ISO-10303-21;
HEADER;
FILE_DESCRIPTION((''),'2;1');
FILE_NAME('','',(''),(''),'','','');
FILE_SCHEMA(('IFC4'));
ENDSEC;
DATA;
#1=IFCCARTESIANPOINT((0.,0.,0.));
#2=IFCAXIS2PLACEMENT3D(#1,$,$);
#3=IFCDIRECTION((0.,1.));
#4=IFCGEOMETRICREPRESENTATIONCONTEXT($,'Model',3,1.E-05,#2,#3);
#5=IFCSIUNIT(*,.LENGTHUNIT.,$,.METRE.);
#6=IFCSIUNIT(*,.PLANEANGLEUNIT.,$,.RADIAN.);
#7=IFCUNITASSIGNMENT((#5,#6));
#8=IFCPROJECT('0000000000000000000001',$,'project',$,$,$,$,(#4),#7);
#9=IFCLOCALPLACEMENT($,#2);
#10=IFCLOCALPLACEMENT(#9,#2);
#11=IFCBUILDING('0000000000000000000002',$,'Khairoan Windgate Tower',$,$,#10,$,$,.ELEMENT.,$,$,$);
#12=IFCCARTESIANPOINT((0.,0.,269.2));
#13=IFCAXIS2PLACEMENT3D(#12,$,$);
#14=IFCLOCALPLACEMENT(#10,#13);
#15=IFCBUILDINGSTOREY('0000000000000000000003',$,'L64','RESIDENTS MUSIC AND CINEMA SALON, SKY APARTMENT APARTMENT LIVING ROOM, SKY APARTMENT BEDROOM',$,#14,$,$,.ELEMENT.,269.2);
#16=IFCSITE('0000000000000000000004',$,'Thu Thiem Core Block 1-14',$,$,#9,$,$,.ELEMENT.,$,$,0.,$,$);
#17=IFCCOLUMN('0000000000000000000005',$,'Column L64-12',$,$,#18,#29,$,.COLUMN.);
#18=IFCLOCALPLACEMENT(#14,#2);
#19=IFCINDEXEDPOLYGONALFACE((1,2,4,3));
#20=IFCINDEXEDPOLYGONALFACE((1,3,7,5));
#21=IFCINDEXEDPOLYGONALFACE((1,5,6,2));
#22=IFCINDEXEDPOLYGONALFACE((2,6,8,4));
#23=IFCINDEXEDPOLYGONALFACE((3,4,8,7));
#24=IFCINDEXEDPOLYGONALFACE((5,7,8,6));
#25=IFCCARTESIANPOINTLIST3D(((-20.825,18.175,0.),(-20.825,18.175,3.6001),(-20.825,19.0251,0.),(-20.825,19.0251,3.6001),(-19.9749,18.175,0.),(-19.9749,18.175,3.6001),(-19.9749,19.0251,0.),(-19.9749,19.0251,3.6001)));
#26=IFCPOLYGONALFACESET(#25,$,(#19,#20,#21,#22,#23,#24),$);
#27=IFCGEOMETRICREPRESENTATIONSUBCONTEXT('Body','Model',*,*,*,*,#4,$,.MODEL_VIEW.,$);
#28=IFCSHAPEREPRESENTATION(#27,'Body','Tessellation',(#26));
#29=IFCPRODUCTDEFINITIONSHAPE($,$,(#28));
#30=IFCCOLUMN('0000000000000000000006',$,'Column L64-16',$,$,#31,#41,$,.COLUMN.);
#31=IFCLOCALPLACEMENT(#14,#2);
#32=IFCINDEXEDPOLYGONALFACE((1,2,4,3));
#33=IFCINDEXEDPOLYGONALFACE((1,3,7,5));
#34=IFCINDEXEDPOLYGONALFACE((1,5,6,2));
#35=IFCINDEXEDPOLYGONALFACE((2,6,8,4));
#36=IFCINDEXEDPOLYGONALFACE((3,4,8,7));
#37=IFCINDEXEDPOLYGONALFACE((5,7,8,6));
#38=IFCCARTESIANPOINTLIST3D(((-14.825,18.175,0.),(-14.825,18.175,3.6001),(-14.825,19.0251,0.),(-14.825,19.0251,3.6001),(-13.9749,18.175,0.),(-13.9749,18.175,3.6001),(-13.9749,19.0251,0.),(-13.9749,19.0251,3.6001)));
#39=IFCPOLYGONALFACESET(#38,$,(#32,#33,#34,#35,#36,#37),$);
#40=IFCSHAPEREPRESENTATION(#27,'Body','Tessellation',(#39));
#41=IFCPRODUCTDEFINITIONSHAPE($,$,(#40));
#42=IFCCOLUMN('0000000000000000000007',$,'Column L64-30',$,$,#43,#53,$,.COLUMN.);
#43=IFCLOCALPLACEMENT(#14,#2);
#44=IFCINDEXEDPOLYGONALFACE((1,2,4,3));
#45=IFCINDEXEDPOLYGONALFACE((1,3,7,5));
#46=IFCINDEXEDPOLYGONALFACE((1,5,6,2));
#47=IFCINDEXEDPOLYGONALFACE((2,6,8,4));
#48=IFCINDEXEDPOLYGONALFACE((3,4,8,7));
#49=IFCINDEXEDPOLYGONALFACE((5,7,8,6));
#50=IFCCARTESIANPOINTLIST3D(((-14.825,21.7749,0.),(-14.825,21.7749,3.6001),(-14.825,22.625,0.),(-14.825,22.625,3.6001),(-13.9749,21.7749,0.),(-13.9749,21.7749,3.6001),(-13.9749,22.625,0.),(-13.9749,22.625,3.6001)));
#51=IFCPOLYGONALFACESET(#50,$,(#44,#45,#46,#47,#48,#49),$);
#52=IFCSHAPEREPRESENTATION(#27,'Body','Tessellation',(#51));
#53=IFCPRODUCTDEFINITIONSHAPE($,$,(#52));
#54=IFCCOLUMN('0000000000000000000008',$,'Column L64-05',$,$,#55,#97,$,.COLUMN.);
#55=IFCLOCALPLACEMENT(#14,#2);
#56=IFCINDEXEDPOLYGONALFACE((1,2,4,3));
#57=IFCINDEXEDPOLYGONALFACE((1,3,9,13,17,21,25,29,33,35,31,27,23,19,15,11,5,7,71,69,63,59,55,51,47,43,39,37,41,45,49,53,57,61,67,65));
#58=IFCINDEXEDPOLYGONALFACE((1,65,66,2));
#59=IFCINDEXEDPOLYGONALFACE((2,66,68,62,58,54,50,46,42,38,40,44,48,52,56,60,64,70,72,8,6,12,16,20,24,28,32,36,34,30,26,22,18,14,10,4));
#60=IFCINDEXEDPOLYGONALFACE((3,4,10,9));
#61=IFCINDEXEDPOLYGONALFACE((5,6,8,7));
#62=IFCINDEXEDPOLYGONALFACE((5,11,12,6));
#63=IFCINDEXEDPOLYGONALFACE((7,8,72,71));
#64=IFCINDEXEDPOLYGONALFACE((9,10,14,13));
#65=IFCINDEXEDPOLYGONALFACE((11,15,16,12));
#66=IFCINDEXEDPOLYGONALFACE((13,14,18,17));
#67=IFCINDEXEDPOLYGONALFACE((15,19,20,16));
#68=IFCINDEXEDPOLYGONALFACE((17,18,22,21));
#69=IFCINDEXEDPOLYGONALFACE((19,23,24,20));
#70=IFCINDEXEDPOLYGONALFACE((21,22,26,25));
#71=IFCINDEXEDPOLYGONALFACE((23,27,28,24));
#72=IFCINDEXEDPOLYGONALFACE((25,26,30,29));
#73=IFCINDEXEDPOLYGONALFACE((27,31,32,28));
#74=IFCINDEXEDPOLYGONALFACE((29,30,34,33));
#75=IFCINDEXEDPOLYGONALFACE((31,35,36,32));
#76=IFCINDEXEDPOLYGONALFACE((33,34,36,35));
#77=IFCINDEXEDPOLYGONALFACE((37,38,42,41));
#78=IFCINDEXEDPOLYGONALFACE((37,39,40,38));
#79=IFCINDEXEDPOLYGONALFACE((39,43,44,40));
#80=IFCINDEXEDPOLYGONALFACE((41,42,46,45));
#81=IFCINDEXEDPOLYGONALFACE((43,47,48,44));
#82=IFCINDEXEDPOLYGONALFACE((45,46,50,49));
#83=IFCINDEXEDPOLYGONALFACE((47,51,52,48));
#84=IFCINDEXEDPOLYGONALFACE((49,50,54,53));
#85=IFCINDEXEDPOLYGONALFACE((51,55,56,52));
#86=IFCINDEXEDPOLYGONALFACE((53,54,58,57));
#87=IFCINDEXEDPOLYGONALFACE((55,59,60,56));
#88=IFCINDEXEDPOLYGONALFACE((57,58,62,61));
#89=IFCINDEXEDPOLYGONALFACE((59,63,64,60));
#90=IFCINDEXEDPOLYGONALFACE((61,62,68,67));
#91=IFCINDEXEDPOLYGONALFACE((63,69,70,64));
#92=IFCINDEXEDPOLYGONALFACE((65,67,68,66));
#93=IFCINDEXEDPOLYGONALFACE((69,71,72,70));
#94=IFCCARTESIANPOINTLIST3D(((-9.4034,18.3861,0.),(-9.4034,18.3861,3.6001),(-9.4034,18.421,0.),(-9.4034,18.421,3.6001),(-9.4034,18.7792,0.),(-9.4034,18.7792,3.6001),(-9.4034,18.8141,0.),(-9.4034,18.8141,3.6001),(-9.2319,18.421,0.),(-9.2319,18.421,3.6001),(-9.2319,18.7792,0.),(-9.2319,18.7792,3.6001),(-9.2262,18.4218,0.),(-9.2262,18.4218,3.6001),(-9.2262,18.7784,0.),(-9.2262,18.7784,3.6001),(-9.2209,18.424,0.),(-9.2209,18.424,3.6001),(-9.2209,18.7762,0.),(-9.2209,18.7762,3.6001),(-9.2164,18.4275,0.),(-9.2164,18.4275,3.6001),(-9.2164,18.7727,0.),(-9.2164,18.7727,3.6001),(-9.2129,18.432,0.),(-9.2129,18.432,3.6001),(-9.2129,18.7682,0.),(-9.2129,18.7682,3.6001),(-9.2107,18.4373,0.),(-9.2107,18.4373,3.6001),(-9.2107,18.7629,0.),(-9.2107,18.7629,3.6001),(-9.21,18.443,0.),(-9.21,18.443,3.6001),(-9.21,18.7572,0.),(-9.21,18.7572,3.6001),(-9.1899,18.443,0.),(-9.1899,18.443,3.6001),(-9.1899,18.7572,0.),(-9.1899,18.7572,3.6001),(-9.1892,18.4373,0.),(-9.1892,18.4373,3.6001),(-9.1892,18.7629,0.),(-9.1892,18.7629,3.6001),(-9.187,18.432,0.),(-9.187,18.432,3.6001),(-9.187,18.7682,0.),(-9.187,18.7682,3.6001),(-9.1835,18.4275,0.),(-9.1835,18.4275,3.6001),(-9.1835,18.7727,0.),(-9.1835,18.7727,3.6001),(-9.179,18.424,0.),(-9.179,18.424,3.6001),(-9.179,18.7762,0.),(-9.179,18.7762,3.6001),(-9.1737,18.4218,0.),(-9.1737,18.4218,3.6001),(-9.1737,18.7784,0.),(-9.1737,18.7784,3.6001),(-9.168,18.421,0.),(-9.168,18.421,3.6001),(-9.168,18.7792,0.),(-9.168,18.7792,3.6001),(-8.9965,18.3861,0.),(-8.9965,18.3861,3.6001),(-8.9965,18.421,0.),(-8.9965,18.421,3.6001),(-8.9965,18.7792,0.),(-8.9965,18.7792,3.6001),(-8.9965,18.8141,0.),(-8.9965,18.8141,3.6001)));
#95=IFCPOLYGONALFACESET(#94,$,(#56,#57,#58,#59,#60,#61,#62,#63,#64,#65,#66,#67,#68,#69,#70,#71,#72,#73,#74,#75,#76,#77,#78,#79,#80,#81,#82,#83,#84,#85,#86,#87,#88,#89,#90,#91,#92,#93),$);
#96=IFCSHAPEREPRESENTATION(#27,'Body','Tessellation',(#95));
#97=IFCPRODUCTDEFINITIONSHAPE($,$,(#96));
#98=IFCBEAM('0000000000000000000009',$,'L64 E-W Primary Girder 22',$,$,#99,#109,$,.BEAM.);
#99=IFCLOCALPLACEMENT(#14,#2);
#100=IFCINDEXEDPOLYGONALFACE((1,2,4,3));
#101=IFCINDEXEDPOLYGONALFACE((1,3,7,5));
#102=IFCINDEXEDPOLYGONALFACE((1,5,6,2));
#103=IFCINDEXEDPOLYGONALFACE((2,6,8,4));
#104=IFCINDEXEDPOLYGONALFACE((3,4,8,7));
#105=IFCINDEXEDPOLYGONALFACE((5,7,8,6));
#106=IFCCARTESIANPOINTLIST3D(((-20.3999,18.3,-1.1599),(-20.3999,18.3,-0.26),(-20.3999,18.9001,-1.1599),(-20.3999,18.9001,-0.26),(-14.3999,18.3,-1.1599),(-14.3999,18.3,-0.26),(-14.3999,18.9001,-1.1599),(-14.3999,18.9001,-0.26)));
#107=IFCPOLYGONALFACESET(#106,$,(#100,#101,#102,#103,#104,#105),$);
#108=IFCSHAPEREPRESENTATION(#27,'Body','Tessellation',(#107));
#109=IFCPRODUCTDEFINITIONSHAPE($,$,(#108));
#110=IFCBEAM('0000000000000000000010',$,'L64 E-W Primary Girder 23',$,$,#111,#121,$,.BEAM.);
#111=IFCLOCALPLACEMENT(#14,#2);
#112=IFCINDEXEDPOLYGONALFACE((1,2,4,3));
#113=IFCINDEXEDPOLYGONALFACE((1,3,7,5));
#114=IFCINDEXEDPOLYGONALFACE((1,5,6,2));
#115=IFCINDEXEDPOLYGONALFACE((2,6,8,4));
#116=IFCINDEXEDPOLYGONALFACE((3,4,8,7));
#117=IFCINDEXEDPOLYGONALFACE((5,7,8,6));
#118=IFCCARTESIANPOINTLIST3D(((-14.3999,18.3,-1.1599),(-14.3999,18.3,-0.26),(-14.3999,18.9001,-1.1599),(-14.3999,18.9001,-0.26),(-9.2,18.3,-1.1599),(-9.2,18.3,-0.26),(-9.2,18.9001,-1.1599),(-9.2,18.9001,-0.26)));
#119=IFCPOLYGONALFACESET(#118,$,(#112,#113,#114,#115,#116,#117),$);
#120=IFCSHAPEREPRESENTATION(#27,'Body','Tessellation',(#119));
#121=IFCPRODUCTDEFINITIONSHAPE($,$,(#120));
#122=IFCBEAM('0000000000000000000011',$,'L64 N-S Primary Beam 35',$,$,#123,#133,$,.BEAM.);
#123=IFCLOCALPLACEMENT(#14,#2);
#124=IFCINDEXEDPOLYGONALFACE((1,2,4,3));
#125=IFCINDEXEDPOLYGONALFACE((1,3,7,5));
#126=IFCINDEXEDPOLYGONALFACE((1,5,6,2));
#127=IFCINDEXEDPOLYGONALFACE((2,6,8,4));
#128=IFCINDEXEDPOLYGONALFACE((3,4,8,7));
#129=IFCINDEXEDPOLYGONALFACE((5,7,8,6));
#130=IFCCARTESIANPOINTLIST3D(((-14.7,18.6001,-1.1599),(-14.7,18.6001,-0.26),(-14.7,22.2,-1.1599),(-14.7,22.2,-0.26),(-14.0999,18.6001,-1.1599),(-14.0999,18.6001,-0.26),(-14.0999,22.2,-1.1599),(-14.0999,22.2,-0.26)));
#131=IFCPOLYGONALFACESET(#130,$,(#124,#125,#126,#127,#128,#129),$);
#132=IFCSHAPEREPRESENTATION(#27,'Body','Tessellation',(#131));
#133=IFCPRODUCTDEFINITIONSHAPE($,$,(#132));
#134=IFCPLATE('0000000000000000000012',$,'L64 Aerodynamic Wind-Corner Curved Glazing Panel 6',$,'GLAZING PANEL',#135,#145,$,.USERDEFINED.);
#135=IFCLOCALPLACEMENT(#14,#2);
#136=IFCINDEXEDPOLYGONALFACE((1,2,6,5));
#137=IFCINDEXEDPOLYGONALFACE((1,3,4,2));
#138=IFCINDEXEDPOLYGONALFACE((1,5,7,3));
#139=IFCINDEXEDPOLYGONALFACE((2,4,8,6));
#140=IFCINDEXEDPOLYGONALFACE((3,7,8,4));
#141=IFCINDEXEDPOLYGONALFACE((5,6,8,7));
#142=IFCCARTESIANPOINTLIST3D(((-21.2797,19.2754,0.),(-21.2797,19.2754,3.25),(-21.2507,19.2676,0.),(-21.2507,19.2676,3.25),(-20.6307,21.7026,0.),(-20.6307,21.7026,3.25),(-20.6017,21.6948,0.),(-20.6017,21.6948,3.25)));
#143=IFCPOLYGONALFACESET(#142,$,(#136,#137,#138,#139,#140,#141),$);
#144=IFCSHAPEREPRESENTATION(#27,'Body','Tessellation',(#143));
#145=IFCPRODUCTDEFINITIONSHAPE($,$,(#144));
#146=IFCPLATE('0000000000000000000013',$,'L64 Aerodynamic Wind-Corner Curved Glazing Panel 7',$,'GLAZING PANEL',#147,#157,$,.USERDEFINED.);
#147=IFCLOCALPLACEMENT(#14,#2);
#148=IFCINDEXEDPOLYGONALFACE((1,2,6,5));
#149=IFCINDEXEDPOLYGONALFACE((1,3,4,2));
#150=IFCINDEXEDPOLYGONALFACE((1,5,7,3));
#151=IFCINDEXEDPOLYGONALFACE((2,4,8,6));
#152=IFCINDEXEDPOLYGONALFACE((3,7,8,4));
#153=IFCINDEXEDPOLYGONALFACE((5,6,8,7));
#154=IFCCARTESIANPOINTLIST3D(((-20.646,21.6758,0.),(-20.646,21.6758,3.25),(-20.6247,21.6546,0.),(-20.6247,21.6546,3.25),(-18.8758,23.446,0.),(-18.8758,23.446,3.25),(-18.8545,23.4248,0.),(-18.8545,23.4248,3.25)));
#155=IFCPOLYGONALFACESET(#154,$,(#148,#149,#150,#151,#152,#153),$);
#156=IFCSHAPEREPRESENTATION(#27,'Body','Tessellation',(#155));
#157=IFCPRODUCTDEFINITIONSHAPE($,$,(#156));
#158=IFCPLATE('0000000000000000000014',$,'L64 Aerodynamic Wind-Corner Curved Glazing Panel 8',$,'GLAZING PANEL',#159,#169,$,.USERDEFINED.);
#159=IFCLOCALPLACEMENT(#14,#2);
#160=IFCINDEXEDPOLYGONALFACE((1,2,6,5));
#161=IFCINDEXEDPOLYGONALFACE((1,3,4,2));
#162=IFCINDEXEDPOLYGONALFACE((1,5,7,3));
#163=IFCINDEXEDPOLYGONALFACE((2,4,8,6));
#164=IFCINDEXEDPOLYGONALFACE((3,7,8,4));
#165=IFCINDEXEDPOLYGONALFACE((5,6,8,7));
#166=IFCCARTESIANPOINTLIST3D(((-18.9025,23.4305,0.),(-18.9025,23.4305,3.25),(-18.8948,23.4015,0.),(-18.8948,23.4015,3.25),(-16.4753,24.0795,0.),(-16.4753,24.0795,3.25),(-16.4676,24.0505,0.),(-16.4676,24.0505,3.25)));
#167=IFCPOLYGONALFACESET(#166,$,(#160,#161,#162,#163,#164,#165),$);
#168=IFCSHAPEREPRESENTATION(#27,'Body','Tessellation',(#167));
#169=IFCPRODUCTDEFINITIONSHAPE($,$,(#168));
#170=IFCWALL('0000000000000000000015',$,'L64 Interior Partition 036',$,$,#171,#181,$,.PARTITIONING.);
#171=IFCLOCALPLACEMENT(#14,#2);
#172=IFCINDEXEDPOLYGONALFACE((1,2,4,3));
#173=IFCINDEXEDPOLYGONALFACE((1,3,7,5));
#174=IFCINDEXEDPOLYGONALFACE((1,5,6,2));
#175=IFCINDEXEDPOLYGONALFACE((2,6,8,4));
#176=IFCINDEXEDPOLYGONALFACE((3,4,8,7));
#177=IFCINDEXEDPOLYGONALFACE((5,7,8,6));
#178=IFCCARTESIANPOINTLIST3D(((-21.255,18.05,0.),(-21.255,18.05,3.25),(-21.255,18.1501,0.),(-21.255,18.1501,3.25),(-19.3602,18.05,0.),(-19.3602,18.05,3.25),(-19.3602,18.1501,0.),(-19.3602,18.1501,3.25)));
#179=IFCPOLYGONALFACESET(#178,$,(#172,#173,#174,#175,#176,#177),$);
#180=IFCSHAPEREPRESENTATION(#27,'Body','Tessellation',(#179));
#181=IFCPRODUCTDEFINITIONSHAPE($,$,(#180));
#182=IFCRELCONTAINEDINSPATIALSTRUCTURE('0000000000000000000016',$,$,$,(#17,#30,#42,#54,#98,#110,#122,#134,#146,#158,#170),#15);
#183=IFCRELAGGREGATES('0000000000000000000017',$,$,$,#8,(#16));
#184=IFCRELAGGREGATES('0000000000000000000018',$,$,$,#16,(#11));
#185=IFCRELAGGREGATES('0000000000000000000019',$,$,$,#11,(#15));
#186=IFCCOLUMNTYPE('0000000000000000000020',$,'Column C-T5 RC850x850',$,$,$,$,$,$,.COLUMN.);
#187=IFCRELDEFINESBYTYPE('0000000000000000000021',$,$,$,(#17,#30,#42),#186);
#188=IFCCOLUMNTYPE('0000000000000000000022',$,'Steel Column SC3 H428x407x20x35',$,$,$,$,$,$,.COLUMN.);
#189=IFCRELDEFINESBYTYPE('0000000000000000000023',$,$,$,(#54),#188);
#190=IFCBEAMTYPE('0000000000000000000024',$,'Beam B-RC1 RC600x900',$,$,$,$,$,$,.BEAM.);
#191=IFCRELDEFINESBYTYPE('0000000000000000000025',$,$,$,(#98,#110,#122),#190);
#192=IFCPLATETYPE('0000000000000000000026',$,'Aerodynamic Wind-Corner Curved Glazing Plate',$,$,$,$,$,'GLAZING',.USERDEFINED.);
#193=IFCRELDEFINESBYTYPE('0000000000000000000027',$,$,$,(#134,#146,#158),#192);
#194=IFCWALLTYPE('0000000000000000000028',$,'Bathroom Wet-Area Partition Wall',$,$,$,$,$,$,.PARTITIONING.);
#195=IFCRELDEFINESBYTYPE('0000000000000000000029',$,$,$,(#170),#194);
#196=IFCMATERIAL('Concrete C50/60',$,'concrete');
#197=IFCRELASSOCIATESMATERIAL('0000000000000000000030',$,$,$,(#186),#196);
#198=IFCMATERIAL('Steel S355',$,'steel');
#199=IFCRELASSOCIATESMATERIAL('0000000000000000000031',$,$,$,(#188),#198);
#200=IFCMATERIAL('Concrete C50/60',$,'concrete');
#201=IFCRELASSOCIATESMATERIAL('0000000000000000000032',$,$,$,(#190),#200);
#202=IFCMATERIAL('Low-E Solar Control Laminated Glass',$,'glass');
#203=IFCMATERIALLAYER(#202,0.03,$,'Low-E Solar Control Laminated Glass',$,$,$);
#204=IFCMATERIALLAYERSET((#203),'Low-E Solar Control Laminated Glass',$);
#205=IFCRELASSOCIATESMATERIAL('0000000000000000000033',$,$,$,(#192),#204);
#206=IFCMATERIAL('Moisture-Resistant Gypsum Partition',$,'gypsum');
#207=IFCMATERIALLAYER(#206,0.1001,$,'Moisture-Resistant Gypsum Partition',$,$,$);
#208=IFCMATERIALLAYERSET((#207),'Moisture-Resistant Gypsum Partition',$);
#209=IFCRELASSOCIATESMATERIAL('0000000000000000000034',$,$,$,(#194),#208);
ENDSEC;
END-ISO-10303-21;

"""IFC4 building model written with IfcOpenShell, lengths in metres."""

from ifc_helpers import new_model, si_unit, direction, frame, frame_2d, origin, origin_2d, place, context, subcontext, project, spatial, rectangle, i_section, extrude, material, layer, layer_set, material_profile, profile_set, type_object, element, save


model = new_model("IFC4")

# Units and contexts
model_context = context("Model", 3, precision=1e-05, world=origin(), true_north=direction((0.0, 1.0)))
body_context = subcontext(model_context, "Body", "Model", "MODEL_VIEW")
ifc_project = project(units=[si_unit("LENGTHUNIT", "METRE"), si_unit("PLANEANGLEUNIT", "RADIAN")], contexts=[model_context])

# Site, building, storey
site_placement = place(None, origin())
site = spatial("IfcSite", under=ifc_project, at=site_placement, Name="Thu Thiem Core Block 1-14", CompositionType="ELEMENT", RefElevation=0.0)
building_placement = place(site_placement, origin())
building = spatial("IfcBuilding", under=site, at=building_placement, Name="Khairoan Windgate Tower", CompositionType="ELEMENT")
storey_placement = place(building_placement, frame((0.0, 0.0, 269.2)))
storey = spatial("IfcBuildingStorey", under=building, at=storey_placement, Name="L64", Description="RESIDENTS MUSIC AND CINEMA SALON, SKY APARTMENT APARTMENT LIVING ROOM, SKY APARTMENT BEDROOM", CompositionType="ELEMENT", Elevation=269.2)

# Columns
ifc_material_1 = material(Name="Concrete C50/60", Category="concrete")
ifc_material_profile_1 = material_profile(ifc_material_1, rectangle(XDim=0.8501, YDim=0.8501, at=origin_2d()))
ifc_profile_set_1 = profile_set([ifc_material_profile_1], Name="Concrete C50/60")
column_type_1 = type_object("IfcColumnType", Name="Column C-T5 RC850x850", PredefinedType="COLUMN", material=ifc_profile_set_1)
for number, where, z_axis, x_axis, name in (
    (1, (-20.3999, 18.6001, 0.0), (0.0, 0.0, 1.0), (1.0, 0.0, 0.0), "Column L64-12"),
    (2, (-14.3999, 18.6001, 0.0), (0.0, 0.0, 1.0), (1.0, 0.0, 0.0), "Column L64-16"),
    (3, (-14.3999, 22.2, 0.0), (0.0, 0.0, 1.0), (1.0, 0.0, 0.0), "Column L64-30"),
):
    element("IfcColumn", number, at=place(storey_placement, frame(where, z_axis=z_axis, x_axis=x_axis)), inside=storey, type_object=column_type_1, Name=name, PredefinedType="COLUMN", context=body_context, shape_type="SweptSolid", body=[
        extrude(rectangle(XDim=0.8501, YDim=0.8501, at=origin_2d()), origin(), (0.0, 0.0, 1.0), 3.6001),
    ])
ifc_material_2 = material(Name="Steel S355", Category="steel")
ifc_material_profile_2 = material_profile(ifc_material_2, i_section(OverallWidth=0.407, OverallDepth=0.428, WebThickness=0.02, FlangeThickness=0.0349, FilletRadius=0.022, at=origin_2d()))
ifc_profile_set_2 = profile_set([ifc_material_profile_2], Name="Steel S355")
column_type_2 = type_object("IfcColumnType", Name="Steel Column SC3 H428x407x20x35", PredefinedType="COLUMN", material=ifc_profile_set_2)
column_placement = place(storey_placement, frame((-9.2, 18.6001, 0.0), z_axis=(0.0, 0.0, 1.0), x_axis=(1.0, 0.0, 0.0)))
element("IfcColumn", 4, at=column_placement, inside=storey, type_object=column_type_2, Name="Column L64-05", PredefinedType="COLUMN", context=body_context, shape_type="SweptSolid", body=[
    extrude(i_section(OverallWidth=0.407, OverallDepth=0.428, WebThickness=0.02, FlangeThickness=0.0349, FilletRadius=0.022, at=origin_2d()), origin(), (0.0, 0.0, 1.0), 3.6001),
])

# Beams
ifc_material_3 = material(Name="Concrete C50/60", Category="concrete")
ifc_material_profile_3 = material_profile(ifc_material_3, rectangle(XDim=0.6001, YDim=0.8999, at=origin_2d()))
ifc_profile_set_3 = profile_set([ifc_material_profile_3], Name="Concrete C50/60")
beam_type = type_object("IfcBeamType", Name="Beam B-RC1 RC600x900", PredefinedType="BEAM", material=ifc_profile_set_3)
beam_1_placement = place(storey_placement, frame((-20.3999, 18.6001, -0.71), z_axis=(1.0, 0.0, 0.0), x_axis=(0.0, 1.0, 0.0)))
element("IfcBeam", 5, at=beam_1_placement, inside=storey, type_object=beam_type, Name="L64 E-W Primary Girder 22", PredefinedType="BEAM", context=body_context, shape_type="SweptSolid", body=[
    extrude(rectangle(XDim=0.6001, YDim=0.8999, at=origin_2d()), origin(), (0.0, 0.0, 1.0), 6.0),
])
beam_2_placement = place(storey_placement, frame((-14.3999, 18.6001, -0.71), z_axis=(1.0, 0.0, 0.0), x_axis=(0.0, 1.0, 0.0)))
element("IfcBeam", 6, at=beam_2_placement, inside=storey, type_object=beam_type, Name="L64 E-W Primary Girder 23", PredefinedType="BEAM", context=body_context, shape_type="SweptSolid", body=[
    extrude(rectangle(XDim=0.6001, YDim=0.8999, at=origin_2d()), origin(), (0.0, 0.0, 1.0), 5.2),
])
beam_3_placement = place(storey_placement, frame((-14.3999, 18.6001, -0.71), z_axis=(0.0, 1.0, 0.0), x_axis=(-1.0, 0.0, 0.0)))
element("IfcBeam", 7, at=beam_3_placement, inside=storey, type_object=beam_type, Name="L64 N-S Primary Beam 35", PredefinedType="BEAM", context=body_context, shape_type="SweptSolid", body=[
    extrude(rectangle(XDim=0.6001, YDim=0.8999, at=origin_2d()), origin(), (0.0, 0.0, 1.0), 3.5999),
])

# Plates
ifc_material_4 = material(Name="Low-E Solar Control Laminated Glass", Category="glass")
ifc_layer_1 = layer(ifc_material_4, 0.03, Name="Low-E Solar Control Laminated Glass")
ifc_layer_set_1 = layer_set([ifc_layer_1], Name="Low-E Solar Control Laminated Glass")
plate_type_1 = type_object("IfcPlateType", Name="Aerodynamic Wind-Corner Curved Glazing Plate", ElementType="GLAZING", PredefinedType="USERDEFINED", material=ifc_layer_set_1)
plate_1_placement = place(storey_placement, frame((-20.9407, 20.4851, 0.0), z_axis=(0.0, 0.0, 1.0), x_axis=(0.258313, 0.966061, 0.0)))
element("IfcPlate", 8, at=plate_1_placement, inside=storey, type_object=plate_type_1, Name="L64 Aerodynamic Wind-Corner Curved Glazing Panel 6", ObjectType="GLAZING PANEL", PredefinedType="USERDEFINED", context=body_context, shape_type="SweptSolid", body=[
    extrude(rectangle(XDim=2.5125, YDim=0.03, at=origin_2d()), origin(), (0.0, 0.0, 1.0), 3.25),
])
plate_2_placement = place(storey_placement, frame((-19.7502, 22.5503, 0.0), z_axis=(0.0, 0.0, 1.0), x_axis=(0.707107, 0.707107, 0.0)))
element("IfcPlate", 9, at=plate_2_placement, inside=storey, type_object=plate_type_1, Name="L64 Aerodynamic Wind-Corner Curved Glazing Panel 7", ObjectType="GLAZING PANEL", PredefinedType="USERDEFINED", context=body_context, shape_type="SweptSolid", body=[
    extrude(rectangle(XDim=2.5034, YDim=0.03, at=origin_2d()), origin(), (0.0, 0.0, 1.0), 3.25),
])
plate_3_placement = place(storey_placement, frame((-17.6851, 23.7405, 0.0), z_axis=(0.0, 0.0, 1.0), x_axis=(0.966061, 0.258313, 0.0)))
element("IfcPlate", 10, at=plate_3_placement, inside=storey, type_object=plate_type_1, Name="L64 Aerodynamic Wind-Corner Curved Glazing Panel 8", ObjectType="GLAZING PANEL", PredefinedType="USERDEFINED", context=body_context, shape_type="SweptSolid", body=[
    extrude(rectangle(XDim=2.5125, YDim=0.03, at=origin_2d()), origin(), (0.0, 0.0, 1.0), 3.25),
])

# Wall
ifc_material_5 = material(Name="Moisture-Resistant Gypsum Partition", Category="gypsum")
ifc_layer_2 = layer(ifc_material_5, 0.1001, Name="Moisture-Resistant Gypsum Partition")
ifc_layer_set_2 = layer_set([ifc_layer_2], Name="Moisture-Resistant Gypsum Partition")
wall_type_1 = type_object("IfcWallType", Name="Bathroom Wet-Area Partition Wall", PredefinedType="PARTITIONING", material=ifc_layer_set_2)
wall_1_placement = place(storey_placement, frame((-21.2549, 18.1001, 0.0), z_axis=(0.0, 0.0, 1.0), x_axis=(1.0, 0.0, 0.0)))
element("IfcWall", 11, at=wall_1_placement, inside=storey, type_object=wall_type_1, Name="L64 Interior Partition 036", PredefinedType="PARTITIONING", context=body_context, shape_type="SweptSolid", body=[
    extrude(rectangle(XDim=1.8948, YDim=0.1001, at=frame_2d((0.9473, 0.0))), origin(), (0.0, 0.0, 1.0), 3.25),
])

save(model, "model.ifc")
